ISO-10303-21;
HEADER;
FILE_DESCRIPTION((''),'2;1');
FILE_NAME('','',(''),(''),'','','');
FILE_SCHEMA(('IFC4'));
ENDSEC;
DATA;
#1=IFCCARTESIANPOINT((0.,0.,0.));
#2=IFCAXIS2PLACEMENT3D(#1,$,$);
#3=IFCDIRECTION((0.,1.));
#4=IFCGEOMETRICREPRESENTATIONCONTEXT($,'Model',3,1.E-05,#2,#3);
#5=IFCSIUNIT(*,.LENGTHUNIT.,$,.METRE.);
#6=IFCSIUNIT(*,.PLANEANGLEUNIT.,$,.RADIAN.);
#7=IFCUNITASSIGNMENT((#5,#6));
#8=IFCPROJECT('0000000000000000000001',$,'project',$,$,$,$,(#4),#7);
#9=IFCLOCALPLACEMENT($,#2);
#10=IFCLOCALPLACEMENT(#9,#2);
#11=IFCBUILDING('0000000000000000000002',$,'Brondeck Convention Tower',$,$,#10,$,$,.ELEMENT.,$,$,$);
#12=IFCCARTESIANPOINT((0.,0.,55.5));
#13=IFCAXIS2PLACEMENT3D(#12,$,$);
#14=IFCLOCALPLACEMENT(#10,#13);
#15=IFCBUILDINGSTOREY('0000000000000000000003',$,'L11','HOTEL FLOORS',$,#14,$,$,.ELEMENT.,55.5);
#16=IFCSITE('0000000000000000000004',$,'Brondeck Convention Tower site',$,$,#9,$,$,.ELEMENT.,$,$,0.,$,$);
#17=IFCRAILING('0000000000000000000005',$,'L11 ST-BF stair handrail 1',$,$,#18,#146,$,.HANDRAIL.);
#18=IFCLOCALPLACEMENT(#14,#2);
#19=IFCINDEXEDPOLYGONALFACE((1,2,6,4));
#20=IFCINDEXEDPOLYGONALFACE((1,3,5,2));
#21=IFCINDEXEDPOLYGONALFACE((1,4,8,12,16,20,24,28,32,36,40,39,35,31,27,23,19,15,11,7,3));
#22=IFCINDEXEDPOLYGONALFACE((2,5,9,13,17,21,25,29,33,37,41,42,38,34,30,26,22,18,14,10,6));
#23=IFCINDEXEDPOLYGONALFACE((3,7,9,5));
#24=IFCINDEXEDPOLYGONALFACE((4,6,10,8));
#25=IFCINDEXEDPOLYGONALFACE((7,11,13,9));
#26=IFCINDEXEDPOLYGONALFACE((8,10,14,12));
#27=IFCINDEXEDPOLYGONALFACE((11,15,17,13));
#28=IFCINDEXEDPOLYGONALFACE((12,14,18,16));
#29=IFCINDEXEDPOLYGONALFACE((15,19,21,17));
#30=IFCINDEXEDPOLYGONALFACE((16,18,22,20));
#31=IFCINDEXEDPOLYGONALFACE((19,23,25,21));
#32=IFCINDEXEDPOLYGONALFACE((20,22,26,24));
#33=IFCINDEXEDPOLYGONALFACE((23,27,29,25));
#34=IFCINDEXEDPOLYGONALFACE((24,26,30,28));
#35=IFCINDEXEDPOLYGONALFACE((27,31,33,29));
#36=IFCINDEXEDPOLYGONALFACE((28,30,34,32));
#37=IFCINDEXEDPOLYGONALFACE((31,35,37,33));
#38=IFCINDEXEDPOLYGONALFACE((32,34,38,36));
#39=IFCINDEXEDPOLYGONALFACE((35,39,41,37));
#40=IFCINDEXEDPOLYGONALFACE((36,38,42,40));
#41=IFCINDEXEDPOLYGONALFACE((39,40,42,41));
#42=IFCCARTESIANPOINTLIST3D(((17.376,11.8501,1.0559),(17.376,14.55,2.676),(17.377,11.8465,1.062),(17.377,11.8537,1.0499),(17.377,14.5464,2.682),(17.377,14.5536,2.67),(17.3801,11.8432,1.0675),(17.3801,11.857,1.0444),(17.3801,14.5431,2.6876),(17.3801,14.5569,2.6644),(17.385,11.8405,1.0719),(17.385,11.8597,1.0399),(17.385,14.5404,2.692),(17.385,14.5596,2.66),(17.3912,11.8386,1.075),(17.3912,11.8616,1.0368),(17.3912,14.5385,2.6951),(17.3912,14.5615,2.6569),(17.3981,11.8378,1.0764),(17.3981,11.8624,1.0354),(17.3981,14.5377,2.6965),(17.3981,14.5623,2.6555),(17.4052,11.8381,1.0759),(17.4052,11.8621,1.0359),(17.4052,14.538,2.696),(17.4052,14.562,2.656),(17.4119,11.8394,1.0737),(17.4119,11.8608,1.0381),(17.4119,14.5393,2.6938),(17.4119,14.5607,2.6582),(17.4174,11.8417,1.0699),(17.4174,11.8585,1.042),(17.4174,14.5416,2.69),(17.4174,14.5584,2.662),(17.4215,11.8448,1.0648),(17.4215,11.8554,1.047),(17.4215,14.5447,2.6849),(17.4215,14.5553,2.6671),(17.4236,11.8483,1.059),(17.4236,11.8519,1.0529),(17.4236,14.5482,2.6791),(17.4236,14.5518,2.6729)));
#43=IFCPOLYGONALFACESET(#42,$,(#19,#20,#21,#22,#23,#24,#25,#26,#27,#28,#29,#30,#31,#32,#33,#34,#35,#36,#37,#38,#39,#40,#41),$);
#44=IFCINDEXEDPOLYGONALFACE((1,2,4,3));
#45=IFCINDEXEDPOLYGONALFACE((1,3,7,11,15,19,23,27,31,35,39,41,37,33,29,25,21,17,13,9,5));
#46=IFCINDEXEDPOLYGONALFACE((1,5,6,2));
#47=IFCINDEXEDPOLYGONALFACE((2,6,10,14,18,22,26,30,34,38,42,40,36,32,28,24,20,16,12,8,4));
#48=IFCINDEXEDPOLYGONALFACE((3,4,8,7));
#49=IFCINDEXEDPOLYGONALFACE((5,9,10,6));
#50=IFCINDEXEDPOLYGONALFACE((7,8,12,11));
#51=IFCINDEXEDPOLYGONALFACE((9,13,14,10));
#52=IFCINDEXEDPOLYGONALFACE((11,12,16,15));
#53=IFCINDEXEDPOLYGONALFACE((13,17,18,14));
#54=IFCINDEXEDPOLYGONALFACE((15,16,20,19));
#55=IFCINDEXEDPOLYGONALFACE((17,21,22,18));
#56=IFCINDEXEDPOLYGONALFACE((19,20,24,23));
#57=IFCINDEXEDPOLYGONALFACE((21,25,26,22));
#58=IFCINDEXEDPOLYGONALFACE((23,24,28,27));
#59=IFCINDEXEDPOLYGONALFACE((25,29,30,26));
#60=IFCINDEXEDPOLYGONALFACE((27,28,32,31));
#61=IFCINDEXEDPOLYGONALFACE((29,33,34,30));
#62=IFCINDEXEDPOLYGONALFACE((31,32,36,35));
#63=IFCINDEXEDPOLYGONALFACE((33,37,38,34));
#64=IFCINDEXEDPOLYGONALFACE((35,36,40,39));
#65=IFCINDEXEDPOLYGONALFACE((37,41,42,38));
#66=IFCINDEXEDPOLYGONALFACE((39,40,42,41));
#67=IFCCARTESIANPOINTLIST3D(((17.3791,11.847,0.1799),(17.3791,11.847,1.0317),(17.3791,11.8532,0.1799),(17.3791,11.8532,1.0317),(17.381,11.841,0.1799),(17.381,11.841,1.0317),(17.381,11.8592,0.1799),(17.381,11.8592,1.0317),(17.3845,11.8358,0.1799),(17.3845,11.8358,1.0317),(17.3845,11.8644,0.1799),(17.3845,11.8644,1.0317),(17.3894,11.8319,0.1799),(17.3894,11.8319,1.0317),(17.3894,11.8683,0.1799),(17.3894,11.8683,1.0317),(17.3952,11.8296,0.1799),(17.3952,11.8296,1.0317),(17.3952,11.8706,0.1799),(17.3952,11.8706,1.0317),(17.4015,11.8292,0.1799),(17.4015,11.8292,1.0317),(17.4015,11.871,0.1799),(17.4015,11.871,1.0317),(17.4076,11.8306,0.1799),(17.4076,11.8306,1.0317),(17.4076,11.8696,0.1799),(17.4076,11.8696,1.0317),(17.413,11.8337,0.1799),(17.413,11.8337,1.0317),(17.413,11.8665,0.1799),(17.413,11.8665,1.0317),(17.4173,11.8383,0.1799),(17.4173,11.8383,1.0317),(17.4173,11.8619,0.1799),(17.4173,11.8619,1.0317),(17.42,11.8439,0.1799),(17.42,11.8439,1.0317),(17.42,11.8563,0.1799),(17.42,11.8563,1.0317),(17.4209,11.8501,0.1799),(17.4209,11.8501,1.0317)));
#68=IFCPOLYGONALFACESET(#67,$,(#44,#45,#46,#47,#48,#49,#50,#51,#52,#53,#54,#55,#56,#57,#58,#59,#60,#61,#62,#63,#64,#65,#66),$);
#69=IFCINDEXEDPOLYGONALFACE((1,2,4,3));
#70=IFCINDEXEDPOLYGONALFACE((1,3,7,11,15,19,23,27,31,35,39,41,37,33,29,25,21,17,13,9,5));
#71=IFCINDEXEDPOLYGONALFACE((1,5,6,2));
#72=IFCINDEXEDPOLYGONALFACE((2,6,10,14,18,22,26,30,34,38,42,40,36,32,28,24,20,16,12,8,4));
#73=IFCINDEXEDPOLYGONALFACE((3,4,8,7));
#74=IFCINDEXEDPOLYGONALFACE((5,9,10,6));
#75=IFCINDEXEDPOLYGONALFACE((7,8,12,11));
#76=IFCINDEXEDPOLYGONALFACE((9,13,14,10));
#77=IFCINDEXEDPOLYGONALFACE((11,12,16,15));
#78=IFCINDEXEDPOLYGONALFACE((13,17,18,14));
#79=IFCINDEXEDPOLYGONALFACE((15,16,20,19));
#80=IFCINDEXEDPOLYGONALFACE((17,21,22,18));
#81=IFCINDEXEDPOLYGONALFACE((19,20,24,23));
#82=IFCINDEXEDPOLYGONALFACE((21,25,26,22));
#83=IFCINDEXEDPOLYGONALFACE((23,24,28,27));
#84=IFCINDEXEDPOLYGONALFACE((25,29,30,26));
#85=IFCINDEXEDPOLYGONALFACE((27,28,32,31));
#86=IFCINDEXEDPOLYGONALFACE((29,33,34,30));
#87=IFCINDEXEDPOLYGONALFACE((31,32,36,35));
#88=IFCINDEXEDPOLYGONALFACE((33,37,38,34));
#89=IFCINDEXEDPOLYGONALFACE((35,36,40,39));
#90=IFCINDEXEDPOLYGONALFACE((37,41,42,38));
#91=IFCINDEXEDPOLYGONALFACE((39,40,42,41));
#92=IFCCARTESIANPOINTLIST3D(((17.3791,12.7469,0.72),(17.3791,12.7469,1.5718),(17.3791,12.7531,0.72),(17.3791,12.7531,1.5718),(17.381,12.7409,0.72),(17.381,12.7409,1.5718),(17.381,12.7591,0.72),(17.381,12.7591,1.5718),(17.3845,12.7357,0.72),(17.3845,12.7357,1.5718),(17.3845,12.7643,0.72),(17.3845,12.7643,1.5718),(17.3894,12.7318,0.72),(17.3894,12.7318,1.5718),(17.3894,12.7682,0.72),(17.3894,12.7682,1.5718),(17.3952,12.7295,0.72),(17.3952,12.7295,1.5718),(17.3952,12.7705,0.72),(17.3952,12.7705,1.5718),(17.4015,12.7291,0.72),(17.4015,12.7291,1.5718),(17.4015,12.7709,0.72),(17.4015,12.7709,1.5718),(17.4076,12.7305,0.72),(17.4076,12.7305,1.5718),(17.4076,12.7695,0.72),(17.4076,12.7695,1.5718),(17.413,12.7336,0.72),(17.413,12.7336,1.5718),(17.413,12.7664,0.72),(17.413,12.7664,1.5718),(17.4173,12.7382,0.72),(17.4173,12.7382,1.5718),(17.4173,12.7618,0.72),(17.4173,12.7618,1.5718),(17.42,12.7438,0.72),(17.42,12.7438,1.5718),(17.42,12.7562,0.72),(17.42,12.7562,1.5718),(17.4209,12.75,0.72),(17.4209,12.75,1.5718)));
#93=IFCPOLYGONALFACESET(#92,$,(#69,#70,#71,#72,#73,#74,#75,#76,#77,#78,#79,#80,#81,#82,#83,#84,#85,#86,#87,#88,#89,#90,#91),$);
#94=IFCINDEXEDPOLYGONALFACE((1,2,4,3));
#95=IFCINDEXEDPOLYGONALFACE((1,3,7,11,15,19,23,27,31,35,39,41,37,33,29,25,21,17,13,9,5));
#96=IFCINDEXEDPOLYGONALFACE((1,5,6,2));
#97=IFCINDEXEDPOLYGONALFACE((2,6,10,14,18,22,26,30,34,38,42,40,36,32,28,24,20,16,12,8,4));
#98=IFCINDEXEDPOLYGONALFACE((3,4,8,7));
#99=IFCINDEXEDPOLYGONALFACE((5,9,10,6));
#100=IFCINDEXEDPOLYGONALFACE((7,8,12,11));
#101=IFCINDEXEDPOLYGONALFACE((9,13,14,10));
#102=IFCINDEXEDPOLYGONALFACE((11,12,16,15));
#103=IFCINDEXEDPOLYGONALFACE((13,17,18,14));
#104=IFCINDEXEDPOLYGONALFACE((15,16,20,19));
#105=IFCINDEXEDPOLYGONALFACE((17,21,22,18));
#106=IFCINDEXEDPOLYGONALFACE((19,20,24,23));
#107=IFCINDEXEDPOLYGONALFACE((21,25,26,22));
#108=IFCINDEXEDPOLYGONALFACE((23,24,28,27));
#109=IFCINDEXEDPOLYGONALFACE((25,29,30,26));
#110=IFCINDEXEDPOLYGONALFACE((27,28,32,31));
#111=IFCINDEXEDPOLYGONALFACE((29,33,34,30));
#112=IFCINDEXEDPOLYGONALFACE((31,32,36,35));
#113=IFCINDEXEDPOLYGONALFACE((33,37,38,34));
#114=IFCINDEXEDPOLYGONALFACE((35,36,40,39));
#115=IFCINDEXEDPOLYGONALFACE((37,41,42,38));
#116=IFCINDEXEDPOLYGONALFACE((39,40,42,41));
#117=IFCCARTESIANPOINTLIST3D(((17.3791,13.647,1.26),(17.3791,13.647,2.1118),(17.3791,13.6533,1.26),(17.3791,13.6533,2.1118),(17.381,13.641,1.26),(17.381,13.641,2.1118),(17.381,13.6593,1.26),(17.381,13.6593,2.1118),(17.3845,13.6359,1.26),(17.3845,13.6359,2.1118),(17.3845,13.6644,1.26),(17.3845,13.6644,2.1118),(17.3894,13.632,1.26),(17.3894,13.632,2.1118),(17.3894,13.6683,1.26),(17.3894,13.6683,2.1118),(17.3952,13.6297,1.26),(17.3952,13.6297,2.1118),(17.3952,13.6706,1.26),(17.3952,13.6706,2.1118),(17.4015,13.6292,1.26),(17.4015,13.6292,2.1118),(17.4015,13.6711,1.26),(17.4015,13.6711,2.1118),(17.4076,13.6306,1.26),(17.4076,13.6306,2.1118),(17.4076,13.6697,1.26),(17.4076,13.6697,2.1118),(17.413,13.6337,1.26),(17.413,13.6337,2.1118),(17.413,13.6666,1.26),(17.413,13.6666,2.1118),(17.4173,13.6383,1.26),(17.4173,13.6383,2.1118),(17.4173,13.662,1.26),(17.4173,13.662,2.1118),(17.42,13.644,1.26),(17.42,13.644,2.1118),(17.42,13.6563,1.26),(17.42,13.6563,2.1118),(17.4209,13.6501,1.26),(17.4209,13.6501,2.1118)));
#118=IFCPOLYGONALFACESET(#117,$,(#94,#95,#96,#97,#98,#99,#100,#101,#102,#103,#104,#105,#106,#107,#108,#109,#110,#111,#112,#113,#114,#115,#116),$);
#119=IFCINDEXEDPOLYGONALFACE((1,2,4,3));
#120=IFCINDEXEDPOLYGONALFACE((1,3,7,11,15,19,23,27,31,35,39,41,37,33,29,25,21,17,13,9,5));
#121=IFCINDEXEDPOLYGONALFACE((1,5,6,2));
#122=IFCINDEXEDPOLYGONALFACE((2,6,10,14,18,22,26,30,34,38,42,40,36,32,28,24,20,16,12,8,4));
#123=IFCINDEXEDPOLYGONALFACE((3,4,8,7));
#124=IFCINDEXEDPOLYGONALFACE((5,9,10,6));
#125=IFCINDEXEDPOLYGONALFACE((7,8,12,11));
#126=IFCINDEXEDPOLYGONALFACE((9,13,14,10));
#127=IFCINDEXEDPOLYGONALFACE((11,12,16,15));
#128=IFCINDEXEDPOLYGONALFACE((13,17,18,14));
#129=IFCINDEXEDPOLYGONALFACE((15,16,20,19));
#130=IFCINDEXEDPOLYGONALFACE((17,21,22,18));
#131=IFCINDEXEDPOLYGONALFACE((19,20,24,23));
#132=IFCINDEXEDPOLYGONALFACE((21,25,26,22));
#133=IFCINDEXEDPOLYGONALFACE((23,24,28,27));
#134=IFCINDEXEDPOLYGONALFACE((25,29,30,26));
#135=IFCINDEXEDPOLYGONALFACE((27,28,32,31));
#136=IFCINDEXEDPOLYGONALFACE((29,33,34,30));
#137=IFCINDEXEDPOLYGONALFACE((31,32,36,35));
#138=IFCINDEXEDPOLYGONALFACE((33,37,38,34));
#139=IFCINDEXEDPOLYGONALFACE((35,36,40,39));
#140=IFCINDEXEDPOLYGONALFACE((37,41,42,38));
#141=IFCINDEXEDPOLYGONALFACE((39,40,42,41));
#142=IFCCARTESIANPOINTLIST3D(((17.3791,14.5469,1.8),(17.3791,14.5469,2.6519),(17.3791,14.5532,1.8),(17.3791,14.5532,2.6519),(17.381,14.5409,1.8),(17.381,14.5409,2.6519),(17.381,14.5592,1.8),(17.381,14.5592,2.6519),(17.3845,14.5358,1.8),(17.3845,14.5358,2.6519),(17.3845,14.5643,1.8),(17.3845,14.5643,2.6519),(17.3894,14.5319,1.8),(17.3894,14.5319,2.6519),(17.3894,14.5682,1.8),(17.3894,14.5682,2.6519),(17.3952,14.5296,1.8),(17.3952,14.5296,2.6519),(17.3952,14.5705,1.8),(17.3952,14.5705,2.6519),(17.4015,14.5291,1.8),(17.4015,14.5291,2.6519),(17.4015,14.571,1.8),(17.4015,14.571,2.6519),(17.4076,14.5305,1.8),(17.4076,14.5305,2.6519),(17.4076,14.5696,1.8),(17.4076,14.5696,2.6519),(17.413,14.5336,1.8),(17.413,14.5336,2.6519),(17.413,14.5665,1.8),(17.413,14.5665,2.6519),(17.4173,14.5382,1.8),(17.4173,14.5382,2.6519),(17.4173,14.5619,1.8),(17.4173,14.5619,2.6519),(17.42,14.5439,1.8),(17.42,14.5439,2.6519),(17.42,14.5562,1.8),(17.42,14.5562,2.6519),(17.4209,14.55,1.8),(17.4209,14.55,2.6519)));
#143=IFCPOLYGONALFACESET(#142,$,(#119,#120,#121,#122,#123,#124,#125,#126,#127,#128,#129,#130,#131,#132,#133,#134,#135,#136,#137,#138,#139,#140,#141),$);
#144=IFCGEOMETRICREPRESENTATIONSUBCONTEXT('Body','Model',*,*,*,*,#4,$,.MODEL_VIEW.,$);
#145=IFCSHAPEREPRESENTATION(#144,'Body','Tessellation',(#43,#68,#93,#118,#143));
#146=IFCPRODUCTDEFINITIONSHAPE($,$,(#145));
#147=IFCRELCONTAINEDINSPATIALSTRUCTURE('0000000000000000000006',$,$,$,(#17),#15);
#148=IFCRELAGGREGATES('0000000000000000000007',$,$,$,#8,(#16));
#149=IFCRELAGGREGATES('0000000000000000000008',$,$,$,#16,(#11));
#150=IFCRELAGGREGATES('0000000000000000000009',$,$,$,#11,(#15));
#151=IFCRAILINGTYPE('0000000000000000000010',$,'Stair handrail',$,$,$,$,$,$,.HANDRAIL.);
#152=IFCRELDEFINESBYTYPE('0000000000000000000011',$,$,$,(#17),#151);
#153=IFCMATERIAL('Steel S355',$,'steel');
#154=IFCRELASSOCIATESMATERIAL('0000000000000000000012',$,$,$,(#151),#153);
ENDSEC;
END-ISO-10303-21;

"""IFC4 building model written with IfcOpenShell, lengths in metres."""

from ifc_helpers import new_model, si_unit, direction, frame, origin, origin_2d, place, context, subcontext, project, spatial, circle, extrude, material, type_object, element, save


model = new_model("IFC4")

# Units and contexts
model_context = context("Model", 3, precision=1e-05, world=origin(), true_north=direction((0.0, 1.0)))
body_context = subcontext(model_context, "Body", "Model", "MODEL_VIEW")
ifc_project = project(units=[si_unit("LENGTHUNIT", "METRE"), si_unit("PLANEANGLEUNIT", "RADIAN")], contexts=[model_context])

# Site, building, storey
site_placement = place(None, origin())
site = spatial("IfcSite", under=ifc_project, at=site_placement, Name="Brondeck Convention Tower site", CompositionType="ELEMENT", RefElevation=0.0)
building_placement = place(site_placement, origin())
building = spatial("IfcBuilding", under=site, at=building_placement, Name="Brondeck Convention Tower", CompositionType="ELEMENT")
storey_placement = place(building_placement, frame((0.0, 0.0, 55.5)))
storey = spatial("IfcBuildingStorey", under=building, at=storey_placement, Name="L11", Description="HOTEL FLOORS", CompositionType="ELEMENT", Elevation=55.5)

# Shared definitions
ifc_material_1 = material(Name="Steel S355", Category="steel")

# Railing
railing_type_1 = type_object("IfcRailingType", Name="Stair handrail", PredefinedType="HANDRAIL", material=ifc_material_1)
railing_1_placement = place(storey_placement, frame((17.3999, 11.8501, 0.1799)))
element("IfcRailing", 1, at=railing_1_placement, inside=storey, type_object=railing_type_1, Name="L11 ST-BF stair handrail 1", PredefinedType="HANDRAIL", context=body_context, shape_type="SweptSolid", body=[
    extrude(circle(Radius=0.0239, at=origin_2d()), frame((0.0, 0.0, 0.876), z_axis=(0.0, 0.857472, 0.51453), x_axis=(-1.0, 0.0, 0.0)), (0.0, 0.0, 1.0), 3.1487),
    extrude(circle(Radius=0.021, at=origin_2d()), origin(), (0.0, 0.0, 1.0), 0.8518),
    extrude(circle(Radius=0.021, at=origin_2d()), frame((0.0, 0.8999, 0.54)), (0.0, 0.0, 1.0), 0.8518),
    extrude(circle(Radius=0.021, at=origin_2d()), frame((0.0, 1.8, 1.0801)), (0.0, 0.0, 1.0), 0.8518),
    extrude(circle(Radius=0.021, at=origin_2d()), frame((0.0, 2.7, 1.6201)), (0.0, 0.0, 1.0), 0.8518),
])

save(model, "model.ifc")
